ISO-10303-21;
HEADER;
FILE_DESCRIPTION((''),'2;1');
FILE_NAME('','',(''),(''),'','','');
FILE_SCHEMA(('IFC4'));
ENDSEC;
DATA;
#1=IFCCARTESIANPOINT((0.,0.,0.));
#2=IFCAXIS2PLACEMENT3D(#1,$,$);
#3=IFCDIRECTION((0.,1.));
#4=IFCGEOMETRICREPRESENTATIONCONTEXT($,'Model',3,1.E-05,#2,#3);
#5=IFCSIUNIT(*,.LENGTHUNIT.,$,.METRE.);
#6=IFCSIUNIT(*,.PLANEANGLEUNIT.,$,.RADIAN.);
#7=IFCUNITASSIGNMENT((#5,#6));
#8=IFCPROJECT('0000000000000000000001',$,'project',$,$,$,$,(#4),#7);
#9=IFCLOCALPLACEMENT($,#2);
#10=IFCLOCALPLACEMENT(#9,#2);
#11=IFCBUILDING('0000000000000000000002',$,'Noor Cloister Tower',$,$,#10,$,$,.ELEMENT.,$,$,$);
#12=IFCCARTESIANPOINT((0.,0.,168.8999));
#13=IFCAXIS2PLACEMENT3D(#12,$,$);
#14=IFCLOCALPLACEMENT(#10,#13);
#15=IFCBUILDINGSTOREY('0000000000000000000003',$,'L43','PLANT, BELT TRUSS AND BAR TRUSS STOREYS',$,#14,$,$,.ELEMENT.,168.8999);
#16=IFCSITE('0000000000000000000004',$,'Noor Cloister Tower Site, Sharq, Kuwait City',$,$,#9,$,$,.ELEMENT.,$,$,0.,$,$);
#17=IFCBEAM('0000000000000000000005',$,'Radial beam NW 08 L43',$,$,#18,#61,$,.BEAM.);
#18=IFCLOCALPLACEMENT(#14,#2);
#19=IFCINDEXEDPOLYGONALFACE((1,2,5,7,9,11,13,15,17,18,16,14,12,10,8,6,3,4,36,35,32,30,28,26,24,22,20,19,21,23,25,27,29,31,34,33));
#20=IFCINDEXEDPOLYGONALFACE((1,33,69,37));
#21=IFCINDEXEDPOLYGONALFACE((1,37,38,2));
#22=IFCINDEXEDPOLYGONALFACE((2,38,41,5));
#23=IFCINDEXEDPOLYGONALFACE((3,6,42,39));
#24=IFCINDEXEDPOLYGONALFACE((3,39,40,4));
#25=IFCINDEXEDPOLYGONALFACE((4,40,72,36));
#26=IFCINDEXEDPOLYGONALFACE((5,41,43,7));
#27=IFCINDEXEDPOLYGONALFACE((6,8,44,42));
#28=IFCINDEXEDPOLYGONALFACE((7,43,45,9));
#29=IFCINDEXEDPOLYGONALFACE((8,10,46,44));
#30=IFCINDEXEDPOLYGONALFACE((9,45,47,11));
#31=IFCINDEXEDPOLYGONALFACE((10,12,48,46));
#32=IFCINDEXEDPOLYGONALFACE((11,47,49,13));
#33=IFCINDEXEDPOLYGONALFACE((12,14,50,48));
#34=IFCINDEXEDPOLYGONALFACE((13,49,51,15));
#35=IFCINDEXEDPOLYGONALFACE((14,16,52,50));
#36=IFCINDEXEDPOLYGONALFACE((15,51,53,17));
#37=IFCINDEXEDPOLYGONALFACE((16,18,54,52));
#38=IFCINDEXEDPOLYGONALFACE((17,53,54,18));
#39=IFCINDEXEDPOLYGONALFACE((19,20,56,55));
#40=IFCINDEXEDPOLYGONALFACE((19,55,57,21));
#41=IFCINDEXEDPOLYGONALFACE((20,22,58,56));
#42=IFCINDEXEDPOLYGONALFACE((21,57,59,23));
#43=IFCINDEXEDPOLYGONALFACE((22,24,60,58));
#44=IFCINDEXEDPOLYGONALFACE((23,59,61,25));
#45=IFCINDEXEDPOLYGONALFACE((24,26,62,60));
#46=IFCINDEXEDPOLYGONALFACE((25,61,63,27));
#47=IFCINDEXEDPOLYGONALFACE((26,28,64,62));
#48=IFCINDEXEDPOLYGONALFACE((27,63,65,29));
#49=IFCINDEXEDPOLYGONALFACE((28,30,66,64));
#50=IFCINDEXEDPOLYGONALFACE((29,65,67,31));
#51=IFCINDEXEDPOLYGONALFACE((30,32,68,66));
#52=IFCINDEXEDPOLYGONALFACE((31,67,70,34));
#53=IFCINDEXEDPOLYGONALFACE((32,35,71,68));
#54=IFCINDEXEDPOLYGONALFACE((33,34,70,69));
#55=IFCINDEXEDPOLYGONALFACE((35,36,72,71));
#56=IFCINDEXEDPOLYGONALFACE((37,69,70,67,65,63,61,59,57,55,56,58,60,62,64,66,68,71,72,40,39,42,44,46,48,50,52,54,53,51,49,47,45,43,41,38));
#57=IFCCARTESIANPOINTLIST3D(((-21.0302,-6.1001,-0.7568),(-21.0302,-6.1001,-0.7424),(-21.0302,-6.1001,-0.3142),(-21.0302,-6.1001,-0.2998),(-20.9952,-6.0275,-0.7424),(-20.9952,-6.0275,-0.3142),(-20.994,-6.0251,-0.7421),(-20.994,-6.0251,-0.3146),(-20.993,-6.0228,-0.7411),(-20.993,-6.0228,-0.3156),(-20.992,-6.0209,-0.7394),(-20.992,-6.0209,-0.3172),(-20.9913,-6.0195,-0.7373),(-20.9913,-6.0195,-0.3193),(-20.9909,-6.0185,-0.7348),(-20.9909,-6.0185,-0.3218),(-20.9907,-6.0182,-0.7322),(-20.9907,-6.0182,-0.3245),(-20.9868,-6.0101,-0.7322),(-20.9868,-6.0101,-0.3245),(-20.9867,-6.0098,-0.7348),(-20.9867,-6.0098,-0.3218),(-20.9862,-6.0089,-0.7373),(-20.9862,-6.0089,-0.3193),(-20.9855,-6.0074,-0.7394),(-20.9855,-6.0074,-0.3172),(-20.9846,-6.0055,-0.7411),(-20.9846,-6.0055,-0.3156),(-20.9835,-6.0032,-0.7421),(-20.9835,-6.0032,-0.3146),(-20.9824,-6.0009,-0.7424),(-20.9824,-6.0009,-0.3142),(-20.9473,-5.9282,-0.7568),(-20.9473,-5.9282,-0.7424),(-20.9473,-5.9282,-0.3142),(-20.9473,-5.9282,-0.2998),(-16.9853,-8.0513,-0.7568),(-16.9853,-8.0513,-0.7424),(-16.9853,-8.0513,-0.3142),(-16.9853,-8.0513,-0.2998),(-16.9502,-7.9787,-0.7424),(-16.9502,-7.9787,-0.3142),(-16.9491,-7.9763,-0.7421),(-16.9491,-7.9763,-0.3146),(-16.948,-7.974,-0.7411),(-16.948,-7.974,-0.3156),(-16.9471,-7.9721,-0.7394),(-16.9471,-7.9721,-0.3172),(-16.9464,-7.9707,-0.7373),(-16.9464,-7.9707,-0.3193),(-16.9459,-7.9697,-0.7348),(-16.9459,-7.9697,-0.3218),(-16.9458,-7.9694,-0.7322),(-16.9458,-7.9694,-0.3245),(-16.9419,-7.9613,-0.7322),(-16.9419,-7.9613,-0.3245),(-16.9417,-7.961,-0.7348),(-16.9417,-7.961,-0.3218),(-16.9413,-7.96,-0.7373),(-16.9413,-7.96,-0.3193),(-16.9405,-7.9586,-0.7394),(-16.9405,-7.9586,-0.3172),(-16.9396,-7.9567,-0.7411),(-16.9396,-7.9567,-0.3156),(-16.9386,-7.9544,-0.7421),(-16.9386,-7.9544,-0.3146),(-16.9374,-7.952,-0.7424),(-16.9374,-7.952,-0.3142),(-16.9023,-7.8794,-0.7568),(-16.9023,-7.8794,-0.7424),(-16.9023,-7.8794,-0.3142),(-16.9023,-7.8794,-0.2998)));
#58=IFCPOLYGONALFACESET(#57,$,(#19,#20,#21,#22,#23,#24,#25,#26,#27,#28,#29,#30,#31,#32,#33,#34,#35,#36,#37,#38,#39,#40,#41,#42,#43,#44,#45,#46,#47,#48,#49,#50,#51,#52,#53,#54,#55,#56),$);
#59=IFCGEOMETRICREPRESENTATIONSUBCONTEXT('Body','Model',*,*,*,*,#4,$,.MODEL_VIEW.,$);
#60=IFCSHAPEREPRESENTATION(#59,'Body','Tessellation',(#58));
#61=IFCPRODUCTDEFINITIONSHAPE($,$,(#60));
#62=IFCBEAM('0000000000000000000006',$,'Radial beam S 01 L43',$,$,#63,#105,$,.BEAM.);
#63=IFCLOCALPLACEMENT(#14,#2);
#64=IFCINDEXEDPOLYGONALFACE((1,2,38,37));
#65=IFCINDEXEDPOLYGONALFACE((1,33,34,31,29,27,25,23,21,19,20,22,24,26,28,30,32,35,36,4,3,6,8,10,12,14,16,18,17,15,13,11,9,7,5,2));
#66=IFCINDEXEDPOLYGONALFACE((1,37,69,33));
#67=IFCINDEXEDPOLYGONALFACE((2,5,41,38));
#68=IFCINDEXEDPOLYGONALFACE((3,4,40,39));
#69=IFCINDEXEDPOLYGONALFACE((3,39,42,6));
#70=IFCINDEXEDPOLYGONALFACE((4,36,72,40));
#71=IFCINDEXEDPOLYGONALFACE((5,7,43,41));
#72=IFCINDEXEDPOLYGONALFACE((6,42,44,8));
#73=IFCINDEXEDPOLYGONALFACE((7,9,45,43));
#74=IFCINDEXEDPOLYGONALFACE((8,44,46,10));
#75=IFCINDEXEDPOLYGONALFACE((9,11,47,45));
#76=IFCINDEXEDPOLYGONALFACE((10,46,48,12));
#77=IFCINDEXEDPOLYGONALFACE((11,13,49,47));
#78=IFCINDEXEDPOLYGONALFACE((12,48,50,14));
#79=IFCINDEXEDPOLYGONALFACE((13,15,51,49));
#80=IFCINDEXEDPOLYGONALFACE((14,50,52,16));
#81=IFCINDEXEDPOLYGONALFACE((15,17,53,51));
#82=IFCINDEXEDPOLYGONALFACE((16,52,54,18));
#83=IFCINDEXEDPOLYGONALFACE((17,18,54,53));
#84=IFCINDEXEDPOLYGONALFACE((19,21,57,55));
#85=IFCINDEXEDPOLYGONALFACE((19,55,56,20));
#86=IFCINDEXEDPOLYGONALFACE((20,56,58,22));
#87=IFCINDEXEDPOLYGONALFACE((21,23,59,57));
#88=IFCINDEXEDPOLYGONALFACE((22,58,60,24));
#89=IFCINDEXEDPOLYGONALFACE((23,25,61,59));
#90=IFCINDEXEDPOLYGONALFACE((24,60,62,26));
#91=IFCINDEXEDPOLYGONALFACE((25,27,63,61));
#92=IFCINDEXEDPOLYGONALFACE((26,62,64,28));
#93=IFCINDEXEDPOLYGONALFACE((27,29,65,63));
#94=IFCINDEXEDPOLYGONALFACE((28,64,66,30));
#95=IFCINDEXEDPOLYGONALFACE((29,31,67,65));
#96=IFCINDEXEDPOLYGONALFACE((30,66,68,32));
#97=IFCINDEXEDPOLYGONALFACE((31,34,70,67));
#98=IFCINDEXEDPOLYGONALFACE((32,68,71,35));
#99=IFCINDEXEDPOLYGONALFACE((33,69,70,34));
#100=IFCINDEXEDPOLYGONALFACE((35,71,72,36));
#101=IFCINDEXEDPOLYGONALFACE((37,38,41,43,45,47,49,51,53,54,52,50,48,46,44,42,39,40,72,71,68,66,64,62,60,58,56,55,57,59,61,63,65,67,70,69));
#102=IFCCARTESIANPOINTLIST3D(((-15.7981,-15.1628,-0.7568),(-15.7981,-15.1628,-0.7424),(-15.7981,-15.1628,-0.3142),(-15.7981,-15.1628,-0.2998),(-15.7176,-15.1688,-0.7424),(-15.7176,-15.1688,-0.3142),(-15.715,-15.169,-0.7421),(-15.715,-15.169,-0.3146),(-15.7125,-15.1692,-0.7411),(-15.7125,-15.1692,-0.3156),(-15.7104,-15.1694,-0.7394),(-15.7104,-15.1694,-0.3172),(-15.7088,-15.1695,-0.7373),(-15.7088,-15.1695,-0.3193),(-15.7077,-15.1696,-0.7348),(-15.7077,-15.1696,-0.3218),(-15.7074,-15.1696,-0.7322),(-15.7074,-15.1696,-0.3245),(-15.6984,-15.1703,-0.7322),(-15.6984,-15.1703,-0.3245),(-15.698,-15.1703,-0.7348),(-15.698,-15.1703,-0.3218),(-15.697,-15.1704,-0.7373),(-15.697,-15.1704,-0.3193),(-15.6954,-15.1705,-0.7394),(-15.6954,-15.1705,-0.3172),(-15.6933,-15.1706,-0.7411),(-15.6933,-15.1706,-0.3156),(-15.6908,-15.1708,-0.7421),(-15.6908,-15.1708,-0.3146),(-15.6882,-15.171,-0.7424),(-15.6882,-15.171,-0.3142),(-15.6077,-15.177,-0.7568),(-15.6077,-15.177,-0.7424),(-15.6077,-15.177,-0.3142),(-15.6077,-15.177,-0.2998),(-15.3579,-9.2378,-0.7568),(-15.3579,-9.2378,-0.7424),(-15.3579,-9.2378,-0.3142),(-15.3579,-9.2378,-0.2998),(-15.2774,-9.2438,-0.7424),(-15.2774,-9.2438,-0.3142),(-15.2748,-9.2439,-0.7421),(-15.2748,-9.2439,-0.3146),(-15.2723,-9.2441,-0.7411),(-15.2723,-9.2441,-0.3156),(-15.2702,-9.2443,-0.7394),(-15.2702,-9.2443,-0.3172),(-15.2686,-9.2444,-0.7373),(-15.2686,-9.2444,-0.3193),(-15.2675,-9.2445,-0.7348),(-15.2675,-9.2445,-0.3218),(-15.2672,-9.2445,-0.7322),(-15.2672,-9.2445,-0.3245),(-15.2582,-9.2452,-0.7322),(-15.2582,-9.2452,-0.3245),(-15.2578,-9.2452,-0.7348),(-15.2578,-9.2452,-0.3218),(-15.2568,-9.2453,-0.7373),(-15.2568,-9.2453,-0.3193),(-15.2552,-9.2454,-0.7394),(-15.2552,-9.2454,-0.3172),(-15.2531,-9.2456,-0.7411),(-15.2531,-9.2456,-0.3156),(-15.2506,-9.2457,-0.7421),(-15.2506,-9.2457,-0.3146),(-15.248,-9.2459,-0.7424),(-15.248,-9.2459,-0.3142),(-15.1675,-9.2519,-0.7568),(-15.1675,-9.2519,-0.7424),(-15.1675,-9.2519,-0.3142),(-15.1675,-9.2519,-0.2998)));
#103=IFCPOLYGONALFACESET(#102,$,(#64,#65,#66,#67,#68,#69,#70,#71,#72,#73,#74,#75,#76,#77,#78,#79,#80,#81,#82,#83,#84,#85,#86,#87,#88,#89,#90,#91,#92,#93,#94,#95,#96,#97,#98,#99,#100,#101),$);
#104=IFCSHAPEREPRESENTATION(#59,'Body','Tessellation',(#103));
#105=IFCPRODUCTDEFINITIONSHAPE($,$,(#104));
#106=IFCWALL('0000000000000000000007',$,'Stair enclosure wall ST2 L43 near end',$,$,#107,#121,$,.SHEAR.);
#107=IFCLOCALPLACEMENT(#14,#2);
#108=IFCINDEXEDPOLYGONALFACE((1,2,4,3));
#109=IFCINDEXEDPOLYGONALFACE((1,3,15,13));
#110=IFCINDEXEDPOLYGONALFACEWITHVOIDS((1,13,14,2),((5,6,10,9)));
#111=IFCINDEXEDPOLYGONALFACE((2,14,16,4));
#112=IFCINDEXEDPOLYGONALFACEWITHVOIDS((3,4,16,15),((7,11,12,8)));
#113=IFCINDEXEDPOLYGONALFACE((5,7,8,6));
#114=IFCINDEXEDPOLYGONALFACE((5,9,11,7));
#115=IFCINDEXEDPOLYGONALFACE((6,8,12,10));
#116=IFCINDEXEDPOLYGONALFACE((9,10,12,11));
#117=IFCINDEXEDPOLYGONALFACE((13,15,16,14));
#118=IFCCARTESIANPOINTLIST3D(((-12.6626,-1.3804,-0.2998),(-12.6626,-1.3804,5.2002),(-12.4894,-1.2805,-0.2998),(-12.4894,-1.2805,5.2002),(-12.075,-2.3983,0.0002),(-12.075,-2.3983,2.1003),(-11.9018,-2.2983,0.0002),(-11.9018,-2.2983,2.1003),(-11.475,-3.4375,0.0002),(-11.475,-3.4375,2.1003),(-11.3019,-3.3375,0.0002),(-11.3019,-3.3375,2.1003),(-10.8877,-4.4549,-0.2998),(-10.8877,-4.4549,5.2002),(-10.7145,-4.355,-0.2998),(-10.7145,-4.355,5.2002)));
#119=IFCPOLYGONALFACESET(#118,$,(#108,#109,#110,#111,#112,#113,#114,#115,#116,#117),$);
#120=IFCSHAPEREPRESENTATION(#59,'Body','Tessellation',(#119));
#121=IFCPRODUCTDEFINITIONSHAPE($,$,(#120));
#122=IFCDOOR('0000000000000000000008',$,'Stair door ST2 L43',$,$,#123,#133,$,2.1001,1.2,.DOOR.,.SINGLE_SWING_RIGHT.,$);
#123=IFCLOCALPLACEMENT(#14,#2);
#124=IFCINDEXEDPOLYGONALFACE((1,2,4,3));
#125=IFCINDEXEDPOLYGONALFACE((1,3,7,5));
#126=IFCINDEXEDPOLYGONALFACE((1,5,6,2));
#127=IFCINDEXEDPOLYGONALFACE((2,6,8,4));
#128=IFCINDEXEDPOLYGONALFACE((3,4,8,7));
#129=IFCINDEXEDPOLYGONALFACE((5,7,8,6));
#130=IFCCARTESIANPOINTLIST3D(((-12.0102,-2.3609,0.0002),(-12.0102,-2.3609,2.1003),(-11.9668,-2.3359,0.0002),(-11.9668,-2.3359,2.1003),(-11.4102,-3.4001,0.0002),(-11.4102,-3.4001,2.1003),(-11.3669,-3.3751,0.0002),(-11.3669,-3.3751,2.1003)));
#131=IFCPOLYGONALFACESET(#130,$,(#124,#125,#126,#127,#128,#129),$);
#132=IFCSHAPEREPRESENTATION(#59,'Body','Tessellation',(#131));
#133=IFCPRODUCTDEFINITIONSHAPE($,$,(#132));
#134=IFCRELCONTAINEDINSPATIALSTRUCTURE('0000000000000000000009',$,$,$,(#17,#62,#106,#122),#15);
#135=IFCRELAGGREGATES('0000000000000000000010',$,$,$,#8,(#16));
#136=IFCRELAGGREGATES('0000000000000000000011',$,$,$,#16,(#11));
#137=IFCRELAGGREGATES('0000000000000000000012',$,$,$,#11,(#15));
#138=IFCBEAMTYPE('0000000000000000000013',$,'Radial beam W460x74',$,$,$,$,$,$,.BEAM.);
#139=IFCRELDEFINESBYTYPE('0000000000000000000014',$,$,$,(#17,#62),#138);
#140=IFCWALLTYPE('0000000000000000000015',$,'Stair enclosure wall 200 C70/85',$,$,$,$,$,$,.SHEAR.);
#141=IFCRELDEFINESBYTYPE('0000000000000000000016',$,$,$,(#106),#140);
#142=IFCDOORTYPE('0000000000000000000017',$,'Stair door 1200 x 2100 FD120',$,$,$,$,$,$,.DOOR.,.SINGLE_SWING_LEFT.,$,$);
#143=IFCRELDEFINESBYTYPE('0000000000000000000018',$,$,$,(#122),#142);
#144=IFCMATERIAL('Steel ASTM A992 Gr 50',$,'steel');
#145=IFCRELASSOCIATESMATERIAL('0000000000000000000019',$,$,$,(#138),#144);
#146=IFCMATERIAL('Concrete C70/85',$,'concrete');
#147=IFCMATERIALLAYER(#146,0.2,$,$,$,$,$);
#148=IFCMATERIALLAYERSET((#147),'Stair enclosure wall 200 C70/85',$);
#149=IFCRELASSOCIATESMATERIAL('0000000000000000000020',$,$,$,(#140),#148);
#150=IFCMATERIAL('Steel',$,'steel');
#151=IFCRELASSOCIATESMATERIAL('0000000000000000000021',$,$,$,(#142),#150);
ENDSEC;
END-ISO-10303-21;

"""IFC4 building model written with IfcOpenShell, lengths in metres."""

from ifc_helpers import new_model, si_unit, direction, frame, frame_2d, origin, origin_2d, place, context, subcontext, project, spatial, rectangle, i_section, extrude, material, layer, layer_set, material_profile, profile_set, type_object, element, fill, save


model = new_model("IFC4")

# Units and contexts
model_context = context("Model", 3, precision=1e-05, world=origin(), true_north=direction((0.0, 1.0)))
body_context = subcontext(model_context, "Body", "Model", "MODEL_VIEW")
ifc_project = project(units=[si_unit("LENGTHUNIT", "METRE"), si_unit("PLANEANGLEUNIT", "RADIAN")], contexts=[model_context])

# Site, building, storey
site_placement = place(None, origin())
site = spatial("IfcSite", under=ifc_project, at=site_placement, Name="Noor Cloister Tower Site, Sharq, Kuwait City", CompositionType="ELEMENT", RefElevation=0.0)
building_placement = place(site_placement, origin())
building = spatial("IfcBuilding", under=site, at=building_placement, Name="Noor Cloister Tower", CompositionType="ELEMENT")
storey_placement = place(building_placement, frame((0.0, 0.0, 168.8999)))
storey = spatial("IfcBuildingStorey", under=building, at=storey_placement, Name="L43", Description="PLANT, BELT TRUSS AND BAR TRUSS STOREYS", CompositionType="ELEMENT", Elevation=168.8999)

# Beams
ifc_material_1 = material(Name="Steel ASTM A992 Gr 50", Category="steel")
ifc_material_profile_1 = material_profile(ifc_material_1, i_section(OverallWidth=0.1909, OverallDepth=0.457, WebThickness=0.009, FlangeThickness=0.0144, FilletRadius=0.0103, at=origin_2d()), Name="W460x74")
ifc_profile_set_1 = profile_set([ifc_material_profile_1], Name="Steel ASTM A992 Gr 50")
beam_type_1 = type_object("IfcBeamType", Name="Radial beam W460x74", PredefinedType="BEAM", material=ifc_profile_set_1)
beam_1_placement = place(storey_placement, frame((-20.9888, -6.0142, -0.5283), z_axis=(0.900687, -0.434469, 0.0), x_axis=(0.434469, 0.900687, 0.0)))
element("IfcBeam", 1, at=beam_1_placement, inside=storey, type_object=beam_type_1, Name="Radial beam NW 08 L43", PredefinedType="BEAM", context=body_context, shape_type="SweptSolid", body=[
    extrude(i_section(OverallWidth=0.1909, OverallDepth=0.457, WebThickness=0.009, FlangeThickness=0.0144, FilletRadius=0.0103, at=origin_2d()), origin(), (0.0, 0.0, 1.0), 4.491),
])
beam_2_placement = place(storey_placement, frame((-15.7029, -15.1699, -0.5283), z_axis=(0.074088, 0.997252, 0.0), x_axis=(-0.997252, 0.074088, 0.0)))
element("IfcBeam", 2, at=beam_2_placement, inside=storey, type_object=beam_type_1, Name="Radial beam S 01 L43", PredefinedType="BEAM", context=body_context, shape_type="SweptSolid", body=[
    extrude(i_section(OverallWidth=0.1909, OverallDepth=0.457, WebThickness=0.009, FlangeThickness=0.0144, FilletRadius=0.0103, at=origin_2d()), origin(), (0.0, 0.0, 1.0), 5.9414),
])

# Wall, opening, door
ifc_material_2 = material(Name="Concrete C70/85", Category="concrete")
ifc_layer_1 = layer(ifc_material_2, 0.2)
ifc_layer_set_1 = layer_set([ifc_layer_1], Name="Stair enclosure wall 200 C70/85")
wall_type_1 = type_object("IfcWallType", Name="Stair enclosure wall 200 C70/85", PredefinedType="SHEAR", material=ifc_layer_set_1)
wall_1_placement = place(storey_placement, frame((-12.5759, -1.3306, -0.2998), z_axis=(0.0, 0.0, 1.0), x_axis=(0.49997, -0.866042, 0.0)))
wall_1 = element("IfcWall", 3, at=wall_1_placement, inside=storey, type_object=wall_type_1, Name="Stair enclosure wall ST2 L43 near end", PredefinedType="SHEAR", context=body_context, shape_type="SweptSolid", body=[
    extrude(rectangle(XDim=3.55, YDim=0.2, at=frame_2d((1.7749, 0.0))), origin(), (0.0, 0.0, 1.0), 5.5),
])
opening_1_placement = place(wall_1_placement, frame((1.175, 0.0, 0.3)))
opening_1 = element("IfcOpeningElement", 4, at=opening_1_placement, cuts=wall_1, PredefinedType="OPENING", context=body_context, shape_type="SweptSolid", body=[
    extrude(rectangle(XDim=1.2, YDim=2.1001, at=frame_2d((0.6001, 1.05))), frame((0.0, 0.1099, 0.0), z_axis=(0.0, -1.0, 0.0), x_axis=(1.0, 0.0, 0.0)), (0.0, 0.0, 1.0), 0.22),
])
ifc_material_3 = material(Name="Steel", Category="steel")
door_type_1 = type_object("IfcDoorType", Name="Stair door 1200 x 2100 FD120", OperationType="SINGLE_SWING_LEFT", PredefinedType="DOOR", material=ifc_material_3)
door_1_placement = place(opening_1_placement, origin())
door_1 = element("IfcDoor", 5, at=door_1_placement, inside=storey, type_object=door_type_1, Name="Stair door ST2 L43", OperationType="SINGLE_SWING_RIGHT", OverallHeight=2.1001, OverallWidth=1.2, PredefinedType="DOOR", context=body_context, shape_type="SweptSolid", body=[
    extrude(rectangle(XDim=1.2, YDim=2.1001, at=frame_2d((0.6001, 1.05))), frame((0.0, 0.0249, 0.0), z_axis=(0.0, -1.0, 0.0), x_axis=(1.0, 0.0, 0.0)), (0.0, 0.0, 1.0), 0.05),
])
fill(opening_1, door_1)

save(model, "model.ifc")
